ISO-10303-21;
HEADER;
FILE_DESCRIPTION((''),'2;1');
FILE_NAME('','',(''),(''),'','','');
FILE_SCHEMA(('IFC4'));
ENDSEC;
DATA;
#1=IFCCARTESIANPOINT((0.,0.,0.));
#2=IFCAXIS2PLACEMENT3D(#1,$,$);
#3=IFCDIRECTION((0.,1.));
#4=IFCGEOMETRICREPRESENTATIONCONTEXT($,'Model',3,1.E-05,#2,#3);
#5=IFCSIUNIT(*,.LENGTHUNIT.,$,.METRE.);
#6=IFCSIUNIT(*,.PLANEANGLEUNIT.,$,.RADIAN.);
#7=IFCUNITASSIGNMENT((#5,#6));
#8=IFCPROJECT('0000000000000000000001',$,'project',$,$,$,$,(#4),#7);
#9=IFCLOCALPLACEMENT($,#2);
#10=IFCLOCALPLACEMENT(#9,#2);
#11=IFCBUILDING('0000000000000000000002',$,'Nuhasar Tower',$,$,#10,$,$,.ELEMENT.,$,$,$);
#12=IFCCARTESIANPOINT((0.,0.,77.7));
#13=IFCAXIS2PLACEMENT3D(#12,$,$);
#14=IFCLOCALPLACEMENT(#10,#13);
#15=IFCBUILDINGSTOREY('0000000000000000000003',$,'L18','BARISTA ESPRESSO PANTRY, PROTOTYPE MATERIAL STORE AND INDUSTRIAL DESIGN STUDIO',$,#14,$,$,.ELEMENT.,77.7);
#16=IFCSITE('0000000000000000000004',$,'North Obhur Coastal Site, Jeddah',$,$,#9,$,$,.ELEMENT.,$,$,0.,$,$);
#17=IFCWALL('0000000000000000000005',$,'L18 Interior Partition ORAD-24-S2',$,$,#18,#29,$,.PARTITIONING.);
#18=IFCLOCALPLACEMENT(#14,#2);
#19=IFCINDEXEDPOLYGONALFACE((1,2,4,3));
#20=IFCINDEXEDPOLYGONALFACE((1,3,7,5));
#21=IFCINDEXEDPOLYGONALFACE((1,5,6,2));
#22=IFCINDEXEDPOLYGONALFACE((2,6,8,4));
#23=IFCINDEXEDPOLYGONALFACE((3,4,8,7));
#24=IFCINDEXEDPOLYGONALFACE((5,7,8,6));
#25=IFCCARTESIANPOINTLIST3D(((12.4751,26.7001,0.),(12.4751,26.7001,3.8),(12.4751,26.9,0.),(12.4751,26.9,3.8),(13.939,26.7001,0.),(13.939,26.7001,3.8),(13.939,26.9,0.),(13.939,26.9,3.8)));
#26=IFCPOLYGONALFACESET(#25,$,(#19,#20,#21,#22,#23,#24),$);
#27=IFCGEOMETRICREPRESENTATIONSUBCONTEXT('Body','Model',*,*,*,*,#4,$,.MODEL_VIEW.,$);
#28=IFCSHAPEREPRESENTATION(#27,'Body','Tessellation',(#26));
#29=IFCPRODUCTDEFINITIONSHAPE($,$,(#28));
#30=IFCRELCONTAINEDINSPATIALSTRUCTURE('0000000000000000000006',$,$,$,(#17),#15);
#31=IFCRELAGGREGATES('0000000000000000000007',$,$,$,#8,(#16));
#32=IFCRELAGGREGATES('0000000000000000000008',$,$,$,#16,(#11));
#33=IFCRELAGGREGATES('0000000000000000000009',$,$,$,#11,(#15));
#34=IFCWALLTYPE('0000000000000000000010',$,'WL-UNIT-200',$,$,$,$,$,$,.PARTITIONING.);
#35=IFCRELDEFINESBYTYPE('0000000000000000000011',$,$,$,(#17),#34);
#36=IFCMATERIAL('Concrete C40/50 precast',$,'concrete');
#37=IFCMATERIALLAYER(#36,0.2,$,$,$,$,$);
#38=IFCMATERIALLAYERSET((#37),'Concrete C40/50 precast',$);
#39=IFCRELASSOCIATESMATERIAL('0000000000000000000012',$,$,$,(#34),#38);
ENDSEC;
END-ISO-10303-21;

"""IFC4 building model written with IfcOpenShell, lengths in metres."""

from ifc_helpers import new_model, si_unit, direction, frame, frame_2d, origin, place, context, subcontext, project, spatial, rectangle, extrude, material, layer, layer_set, type_object, element, save


model = new_model("IFC4")

# Units and contexts
model_context = context("Model", 3, precision=1e-05, world=origin(), true_north=direction((0.0, 1.0)))
body_context = subcontext(model_context, "Body", "Model", "MODEL_VIEW")
ifc_project = project(units=[si_unit("LENGTHUNIT", "METRE"), si_unit("PLANEANGLEUNIT", "RADIAN")], contexts=[model_context])

# Site, building, storey
site_placement = place(None, origin())
site = spatial("IfcSite", under=ifc_project, at=site_placement, Name="North Obhur Coastal Site, Jeddah", CompositionType="ELEMENT", RefElevation=0.0)
building_placement = place(site_placement, origin())
building = spatial("IfcBuilding", under=site, at=building_placement, Name="Nuhasar Tower", CompositionType="ELEMENT")
storey_placement = place(building_placement, frame((0.0, 0.0, 77.7)))
storey = spatial("IfcBuildingStorey", under=building, at=storey_placement, Name="L18", Description="BARISTA ESPRESSO PANTRY, PROTOTYPE MATERIAL STORE AND INDUSTRIAL DESIGN STUDIO", CompositionType="ELEMENT", Elevation=77.7)

# Wall
ifc_material_1 = material(Name="Concrete C40/50 precast", Category="concrete")
ifc_layer_1 = layer(ifc_material_1, 0.2)
ifc_layer_set_1 = layer_set([ifc_layer_1], Name="Concrete C40/50 precast")
wall_type_1 = type_object("IfcWallType", Name="WL-UNIT-200", PredefinedType="PARTITIONING", material=ifc_layer_set_1)
wall_1_placement = place(storey_placement, frame((13.939, 26.8, 0.0), z_axis=(0.0, 0.0, 1.0), x_axis=(-1.0, 0.0, 0.0)))
element("IfcWall", 1, at=wall_1_placement, inside=storey, type_object=wall_type_1, Name="L18 Interior Partition ORAD-24-S2", PredefinedType="PARTITIONING", context=body_context, shape_type="SweptSolid", body=[
    extrude(rectangle(XDim=1.4639, YDim=0.2, at=frame_2d((0.7319, 0.0))), origin(), (0.0, 0.0, 1.0), 3.8),
])

save(model, "model.ifc")
